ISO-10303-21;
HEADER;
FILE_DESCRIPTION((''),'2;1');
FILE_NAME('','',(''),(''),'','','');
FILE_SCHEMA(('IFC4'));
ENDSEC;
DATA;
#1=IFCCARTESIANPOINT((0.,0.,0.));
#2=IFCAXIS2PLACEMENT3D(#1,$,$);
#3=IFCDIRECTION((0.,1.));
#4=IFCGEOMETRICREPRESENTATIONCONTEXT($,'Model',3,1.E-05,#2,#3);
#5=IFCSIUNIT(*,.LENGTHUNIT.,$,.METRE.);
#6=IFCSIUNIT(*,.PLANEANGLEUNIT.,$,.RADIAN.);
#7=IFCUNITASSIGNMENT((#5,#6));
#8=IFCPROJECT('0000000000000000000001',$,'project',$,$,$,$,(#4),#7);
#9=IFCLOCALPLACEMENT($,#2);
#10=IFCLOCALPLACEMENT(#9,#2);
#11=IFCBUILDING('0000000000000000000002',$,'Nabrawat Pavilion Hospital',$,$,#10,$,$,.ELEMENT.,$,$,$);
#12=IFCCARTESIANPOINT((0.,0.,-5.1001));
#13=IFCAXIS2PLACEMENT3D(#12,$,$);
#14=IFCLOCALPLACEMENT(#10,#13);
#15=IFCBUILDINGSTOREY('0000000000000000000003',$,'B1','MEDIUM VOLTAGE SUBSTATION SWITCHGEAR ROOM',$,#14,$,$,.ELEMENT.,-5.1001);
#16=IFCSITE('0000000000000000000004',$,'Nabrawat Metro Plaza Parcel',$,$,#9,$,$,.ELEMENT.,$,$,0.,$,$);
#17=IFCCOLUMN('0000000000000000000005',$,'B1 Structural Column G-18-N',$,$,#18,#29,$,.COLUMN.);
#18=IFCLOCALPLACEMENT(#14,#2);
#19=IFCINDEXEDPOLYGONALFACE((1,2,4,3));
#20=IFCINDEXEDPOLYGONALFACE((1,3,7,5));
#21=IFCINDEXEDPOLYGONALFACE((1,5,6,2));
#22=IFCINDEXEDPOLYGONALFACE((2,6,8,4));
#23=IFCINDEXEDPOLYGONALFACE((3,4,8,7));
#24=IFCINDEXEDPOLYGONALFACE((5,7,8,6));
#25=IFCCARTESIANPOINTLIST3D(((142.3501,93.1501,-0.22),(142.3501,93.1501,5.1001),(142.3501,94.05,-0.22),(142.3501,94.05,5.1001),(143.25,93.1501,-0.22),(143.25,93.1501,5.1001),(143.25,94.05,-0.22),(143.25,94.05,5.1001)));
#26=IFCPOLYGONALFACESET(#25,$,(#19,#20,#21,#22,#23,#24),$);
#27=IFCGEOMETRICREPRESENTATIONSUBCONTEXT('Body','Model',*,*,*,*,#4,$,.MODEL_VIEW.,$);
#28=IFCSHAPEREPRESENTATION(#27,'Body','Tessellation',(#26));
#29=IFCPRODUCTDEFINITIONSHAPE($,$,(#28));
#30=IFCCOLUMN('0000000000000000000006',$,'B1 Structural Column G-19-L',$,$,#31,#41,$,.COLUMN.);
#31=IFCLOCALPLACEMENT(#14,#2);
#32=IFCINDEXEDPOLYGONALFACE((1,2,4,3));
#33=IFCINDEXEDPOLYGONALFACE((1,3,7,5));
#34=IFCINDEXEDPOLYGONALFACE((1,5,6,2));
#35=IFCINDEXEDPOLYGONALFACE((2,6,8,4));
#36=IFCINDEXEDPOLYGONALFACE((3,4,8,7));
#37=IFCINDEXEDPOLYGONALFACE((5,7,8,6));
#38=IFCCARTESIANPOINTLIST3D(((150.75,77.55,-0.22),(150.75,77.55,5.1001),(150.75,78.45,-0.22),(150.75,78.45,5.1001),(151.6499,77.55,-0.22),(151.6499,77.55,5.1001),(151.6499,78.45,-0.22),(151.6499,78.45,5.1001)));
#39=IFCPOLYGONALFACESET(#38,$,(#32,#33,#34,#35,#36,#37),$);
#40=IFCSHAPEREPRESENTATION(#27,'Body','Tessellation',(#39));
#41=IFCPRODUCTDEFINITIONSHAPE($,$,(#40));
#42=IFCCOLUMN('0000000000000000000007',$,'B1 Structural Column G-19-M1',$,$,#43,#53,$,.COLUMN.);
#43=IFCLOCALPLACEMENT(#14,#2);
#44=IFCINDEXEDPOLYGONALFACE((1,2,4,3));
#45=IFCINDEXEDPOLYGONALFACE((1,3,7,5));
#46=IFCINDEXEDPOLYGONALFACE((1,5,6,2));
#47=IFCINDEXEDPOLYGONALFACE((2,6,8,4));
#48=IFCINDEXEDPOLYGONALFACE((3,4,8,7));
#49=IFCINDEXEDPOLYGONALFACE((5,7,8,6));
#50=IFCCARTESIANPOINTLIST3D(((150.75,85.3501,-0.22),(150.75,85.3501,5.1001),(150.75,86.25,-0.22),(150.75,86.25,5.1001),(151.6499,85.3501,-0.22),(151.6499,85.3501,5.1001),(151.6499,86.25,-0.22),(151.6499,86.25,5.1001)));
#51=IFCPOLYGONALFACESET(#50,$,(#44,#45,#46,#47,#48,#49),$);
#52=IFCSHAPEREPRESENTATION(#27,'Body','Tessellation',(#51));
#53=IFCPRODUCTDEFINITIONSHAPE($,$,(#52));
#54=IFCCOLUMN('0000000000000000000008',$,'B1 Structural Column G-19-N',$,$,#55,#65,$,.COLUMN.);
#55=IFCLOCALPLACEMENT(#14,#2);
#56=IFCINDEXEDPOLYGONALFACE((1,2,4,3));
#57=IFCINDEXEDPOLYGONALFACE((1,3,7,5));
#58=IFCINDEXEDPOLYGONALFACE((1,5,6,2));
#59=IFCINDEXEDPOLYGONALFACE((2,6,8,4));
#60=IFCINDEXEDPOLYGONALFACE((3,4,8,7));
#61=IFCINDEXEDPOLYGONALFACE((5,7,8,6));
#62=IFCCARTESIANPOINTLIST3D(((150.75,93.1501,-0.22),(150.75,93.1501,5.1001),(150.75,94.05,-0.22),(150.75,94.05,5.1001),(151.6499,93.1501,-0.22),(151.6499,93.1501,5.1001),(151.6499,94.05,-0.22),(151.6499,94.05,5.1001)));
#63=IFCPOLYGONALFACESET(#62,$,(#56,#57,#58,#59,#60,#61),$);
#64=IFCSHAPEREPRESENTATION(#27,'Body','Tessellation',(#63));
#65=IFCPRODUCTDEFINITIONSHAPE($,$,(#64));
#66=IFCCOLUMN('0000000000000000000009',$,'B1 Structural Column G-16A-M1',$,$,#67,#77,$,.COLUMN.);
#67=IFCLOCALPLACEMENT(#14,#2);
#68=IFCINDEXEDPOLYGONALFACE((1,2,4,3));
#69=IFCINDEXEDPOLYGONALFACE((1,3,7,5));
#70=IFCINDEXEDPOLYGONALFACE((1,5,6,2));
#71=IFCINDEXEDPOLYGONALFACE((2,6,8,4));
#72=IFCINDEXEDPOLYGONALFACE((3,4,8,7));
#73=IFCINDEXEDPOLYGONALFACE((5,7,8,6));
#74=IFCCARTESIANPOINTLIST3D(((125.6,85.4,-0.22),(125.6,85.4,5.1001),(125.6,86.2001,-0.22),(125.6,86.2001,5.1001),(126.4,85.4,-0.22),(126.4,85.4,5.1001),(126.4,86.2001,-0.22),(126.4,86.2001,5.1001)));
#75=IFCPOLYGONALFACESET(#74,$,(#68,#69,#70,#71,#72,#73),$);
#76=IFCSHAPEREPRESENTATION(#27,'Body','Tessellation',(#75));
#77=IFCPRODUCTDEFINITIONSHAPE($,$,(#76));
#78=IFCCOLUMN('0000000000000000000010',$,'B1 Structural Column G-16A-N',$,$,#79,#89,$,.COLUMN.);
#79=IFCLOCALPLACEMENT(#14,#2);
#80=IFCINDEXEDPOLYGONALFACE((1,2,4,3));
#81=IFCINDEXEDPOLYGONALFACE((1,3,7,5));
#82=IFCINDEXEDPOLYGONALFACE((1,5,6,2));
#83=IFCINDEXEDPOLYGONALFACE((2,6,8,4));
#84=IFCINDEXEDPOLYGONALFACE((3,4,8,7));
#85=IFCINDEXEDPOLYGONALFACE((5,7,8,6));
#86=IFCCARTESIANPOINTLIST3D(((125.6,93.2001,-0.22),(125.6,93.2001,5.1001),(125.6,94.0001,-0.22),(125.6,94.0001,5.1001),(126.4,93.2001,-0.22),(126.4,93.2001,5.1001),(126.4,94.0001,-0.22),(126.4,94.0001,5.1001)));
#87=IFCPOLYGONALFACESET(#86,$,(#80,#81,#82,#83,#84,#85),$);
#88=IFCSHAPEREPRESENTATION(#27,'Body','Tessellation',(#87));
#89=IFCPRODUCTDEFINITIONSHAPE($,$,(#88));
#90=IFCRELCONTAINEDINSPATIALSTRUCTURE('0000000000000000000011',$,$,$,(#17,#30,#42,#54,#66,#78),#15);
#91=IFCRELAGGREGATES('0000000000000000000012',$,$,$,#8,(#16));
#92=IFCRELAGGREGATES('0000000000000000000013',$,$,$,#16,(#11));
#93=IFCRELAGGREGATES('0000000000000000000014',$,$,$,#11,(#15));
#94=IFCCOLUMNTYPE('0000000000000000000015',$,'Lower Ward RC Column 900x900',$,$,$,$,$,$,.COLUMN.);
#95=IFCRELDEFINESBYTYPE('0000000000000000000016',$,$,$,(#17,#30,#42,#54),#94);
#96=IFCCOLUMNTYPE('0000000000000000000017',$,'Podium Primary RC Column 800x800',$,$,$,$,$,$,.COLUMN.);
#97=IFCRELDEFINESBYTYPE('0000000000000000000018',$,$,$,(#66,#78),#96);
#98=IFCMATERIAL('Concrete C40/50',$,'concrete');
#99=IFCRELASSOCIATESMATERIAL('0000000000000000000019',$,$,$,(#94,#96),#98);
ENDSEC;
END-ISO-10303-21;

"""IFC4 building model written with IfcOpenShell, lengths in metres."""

from ifc_helpers import new_model, si_unit, direction, frame, origin, origin_2d, place, context, subcontext, project, spatial, rectangle, extrude, material, material_profile, profile_set, type_object, element, save


model = new_model("IFC4")

# Units and contexts
model_context = context("Model", 3, precision=1e-05, world=origin(), true_north=direction((0.0, 1.0)))
body_context = subcontext(model_context, "Body", "Model", "MODEL_VIEW")
ifc_project = project(units=[si_unit("LENGTHUNIT", "METRE"), si_unit("PLANEANGLEUNIT", "RADIAN")], contexts=[model_context])

# Site, building, storey
site_placement = place(None, origin())
site = spatial("IfcSite", under=ifc_project, at=site_placement, Name="Nabrawat Metro Plaza Parcel", CompositionType="ELEMENT", RefElevation=0.0)
building_placement = place(site_placement, origin())
building = spatial("IfcBuilding", under=site, at=building_placement, Name="Nabrawat Pavilion Hospital", CompositionType="ELEMENT")
storey_placement = place(building_placement, frame((0.0, 0.0, -5.1001)))
storey = spatial("IfcBuildingStorey", under=building, at=storey_placement, Name="B1", Description="MEDIUM VOLTAGE SUBSTATION SWITCHGEAR ROOM", CompositionType="ELEMENT", Elevation=-5.1001)

# Columns
ifc_material_1 = material(Name="Concrete C40/50", Category="concrete")
ifc_material_profile_1 = material_profile(ifc_material_1, rectangle(XDim=0.8999, YDim=0.8999, at=origin_2d()), Name="RC 900x900")
ifc_profile_set_1 = profile_set([ifc_material_profile_1], Name="Concrete C40/50")
column_type_1 = type_object("IfcColumnType", Name="Lower Ward RC Column 900x900", PredefinedType="COLUMN", material=ifc_profile_set_1)
for number, where, z_axis, x_axis, name in (
    (1, (142.8, 93.6001, -0.22), (0.0, 0.0, 1.0), (1.0, 0.0, 0.0), "B1 Structural Column G-18-N"),
    (2, (151.2, 78.0, -0.22), (0.0, 0.0, 1.0), (1.0, 0.0, 0.0), "B1 Structural Column G-19-L"),
    (3, (151.2, 85.8, -0.22), (0.0, 0.0, 1.0), (1.0, 0.0, 0.0), "B1 Structural Column G-19-M1"),
    (4, (151.2, 93.6001, -0.22), (0.0, 0.0, 1.0), (1.0, 0.0, 0.0), "B1 Structural Column G-19-N"),
):
    element("IfcColumn", number, at=place(storey_placement, frame(where, z_axis=z_axis, x_axis=x_axis)), inside=storey, type_object=column_type_1, Name=name, PredefinedType="COLUMN", context=body_context, shape_type="SweptSolid", body=[
        extrude(rectangle(XDim=0.8999, YDim=0.8999, at=origin_2d()), origin(), (0.0, 0.0, 1.0), 5.3201),
    ])
ifc_material_profile_2 = material_profile(ifc_material_1, rectangle(XDim=0.8, YDim=0.8, at=origin_2d()), Name="RC 800x800")
ifc_profile_set_2 = profile_set([ifc_material_profile_2], Name="Concrete C40/50")
column_type_2 = type_object("IfcColumnType", Name="Podium Primary RC Column 800x800", PredefinedType="COLUMN", material=ifc_profile_set_2)
for number, where, z_axis, x_axis, name in (
    (5, (126.0, 85.8, -0.22), (0.0, 0.0, 1.0), (1.0, 0.0, 0.0), "B1 Structural Column G-16A-M1"),
    (6, (126.0, 93.6001, -0.22), (0.0, 0.0, 1.0), (1.0, 0.0, 0.0), "B1 Structural Column G-16A-N"),
):
    element("IfcColumn", number, at=place(storey_placement, frame(where, z_axis=z_axis, x_axis=x_axis)), inside=storey, type_object=column_type_2, Name=name, PredefinedType="COLUMN", context=body_context, shape_type="SweptSolid", body=[
        extrude(rectangle(XDim=0.8, YDim=0.8, at=origin_2d()), origin(), (0.0, 0.0, 1.0), 5.3201),
    ])

save(model, "model.ifc")
